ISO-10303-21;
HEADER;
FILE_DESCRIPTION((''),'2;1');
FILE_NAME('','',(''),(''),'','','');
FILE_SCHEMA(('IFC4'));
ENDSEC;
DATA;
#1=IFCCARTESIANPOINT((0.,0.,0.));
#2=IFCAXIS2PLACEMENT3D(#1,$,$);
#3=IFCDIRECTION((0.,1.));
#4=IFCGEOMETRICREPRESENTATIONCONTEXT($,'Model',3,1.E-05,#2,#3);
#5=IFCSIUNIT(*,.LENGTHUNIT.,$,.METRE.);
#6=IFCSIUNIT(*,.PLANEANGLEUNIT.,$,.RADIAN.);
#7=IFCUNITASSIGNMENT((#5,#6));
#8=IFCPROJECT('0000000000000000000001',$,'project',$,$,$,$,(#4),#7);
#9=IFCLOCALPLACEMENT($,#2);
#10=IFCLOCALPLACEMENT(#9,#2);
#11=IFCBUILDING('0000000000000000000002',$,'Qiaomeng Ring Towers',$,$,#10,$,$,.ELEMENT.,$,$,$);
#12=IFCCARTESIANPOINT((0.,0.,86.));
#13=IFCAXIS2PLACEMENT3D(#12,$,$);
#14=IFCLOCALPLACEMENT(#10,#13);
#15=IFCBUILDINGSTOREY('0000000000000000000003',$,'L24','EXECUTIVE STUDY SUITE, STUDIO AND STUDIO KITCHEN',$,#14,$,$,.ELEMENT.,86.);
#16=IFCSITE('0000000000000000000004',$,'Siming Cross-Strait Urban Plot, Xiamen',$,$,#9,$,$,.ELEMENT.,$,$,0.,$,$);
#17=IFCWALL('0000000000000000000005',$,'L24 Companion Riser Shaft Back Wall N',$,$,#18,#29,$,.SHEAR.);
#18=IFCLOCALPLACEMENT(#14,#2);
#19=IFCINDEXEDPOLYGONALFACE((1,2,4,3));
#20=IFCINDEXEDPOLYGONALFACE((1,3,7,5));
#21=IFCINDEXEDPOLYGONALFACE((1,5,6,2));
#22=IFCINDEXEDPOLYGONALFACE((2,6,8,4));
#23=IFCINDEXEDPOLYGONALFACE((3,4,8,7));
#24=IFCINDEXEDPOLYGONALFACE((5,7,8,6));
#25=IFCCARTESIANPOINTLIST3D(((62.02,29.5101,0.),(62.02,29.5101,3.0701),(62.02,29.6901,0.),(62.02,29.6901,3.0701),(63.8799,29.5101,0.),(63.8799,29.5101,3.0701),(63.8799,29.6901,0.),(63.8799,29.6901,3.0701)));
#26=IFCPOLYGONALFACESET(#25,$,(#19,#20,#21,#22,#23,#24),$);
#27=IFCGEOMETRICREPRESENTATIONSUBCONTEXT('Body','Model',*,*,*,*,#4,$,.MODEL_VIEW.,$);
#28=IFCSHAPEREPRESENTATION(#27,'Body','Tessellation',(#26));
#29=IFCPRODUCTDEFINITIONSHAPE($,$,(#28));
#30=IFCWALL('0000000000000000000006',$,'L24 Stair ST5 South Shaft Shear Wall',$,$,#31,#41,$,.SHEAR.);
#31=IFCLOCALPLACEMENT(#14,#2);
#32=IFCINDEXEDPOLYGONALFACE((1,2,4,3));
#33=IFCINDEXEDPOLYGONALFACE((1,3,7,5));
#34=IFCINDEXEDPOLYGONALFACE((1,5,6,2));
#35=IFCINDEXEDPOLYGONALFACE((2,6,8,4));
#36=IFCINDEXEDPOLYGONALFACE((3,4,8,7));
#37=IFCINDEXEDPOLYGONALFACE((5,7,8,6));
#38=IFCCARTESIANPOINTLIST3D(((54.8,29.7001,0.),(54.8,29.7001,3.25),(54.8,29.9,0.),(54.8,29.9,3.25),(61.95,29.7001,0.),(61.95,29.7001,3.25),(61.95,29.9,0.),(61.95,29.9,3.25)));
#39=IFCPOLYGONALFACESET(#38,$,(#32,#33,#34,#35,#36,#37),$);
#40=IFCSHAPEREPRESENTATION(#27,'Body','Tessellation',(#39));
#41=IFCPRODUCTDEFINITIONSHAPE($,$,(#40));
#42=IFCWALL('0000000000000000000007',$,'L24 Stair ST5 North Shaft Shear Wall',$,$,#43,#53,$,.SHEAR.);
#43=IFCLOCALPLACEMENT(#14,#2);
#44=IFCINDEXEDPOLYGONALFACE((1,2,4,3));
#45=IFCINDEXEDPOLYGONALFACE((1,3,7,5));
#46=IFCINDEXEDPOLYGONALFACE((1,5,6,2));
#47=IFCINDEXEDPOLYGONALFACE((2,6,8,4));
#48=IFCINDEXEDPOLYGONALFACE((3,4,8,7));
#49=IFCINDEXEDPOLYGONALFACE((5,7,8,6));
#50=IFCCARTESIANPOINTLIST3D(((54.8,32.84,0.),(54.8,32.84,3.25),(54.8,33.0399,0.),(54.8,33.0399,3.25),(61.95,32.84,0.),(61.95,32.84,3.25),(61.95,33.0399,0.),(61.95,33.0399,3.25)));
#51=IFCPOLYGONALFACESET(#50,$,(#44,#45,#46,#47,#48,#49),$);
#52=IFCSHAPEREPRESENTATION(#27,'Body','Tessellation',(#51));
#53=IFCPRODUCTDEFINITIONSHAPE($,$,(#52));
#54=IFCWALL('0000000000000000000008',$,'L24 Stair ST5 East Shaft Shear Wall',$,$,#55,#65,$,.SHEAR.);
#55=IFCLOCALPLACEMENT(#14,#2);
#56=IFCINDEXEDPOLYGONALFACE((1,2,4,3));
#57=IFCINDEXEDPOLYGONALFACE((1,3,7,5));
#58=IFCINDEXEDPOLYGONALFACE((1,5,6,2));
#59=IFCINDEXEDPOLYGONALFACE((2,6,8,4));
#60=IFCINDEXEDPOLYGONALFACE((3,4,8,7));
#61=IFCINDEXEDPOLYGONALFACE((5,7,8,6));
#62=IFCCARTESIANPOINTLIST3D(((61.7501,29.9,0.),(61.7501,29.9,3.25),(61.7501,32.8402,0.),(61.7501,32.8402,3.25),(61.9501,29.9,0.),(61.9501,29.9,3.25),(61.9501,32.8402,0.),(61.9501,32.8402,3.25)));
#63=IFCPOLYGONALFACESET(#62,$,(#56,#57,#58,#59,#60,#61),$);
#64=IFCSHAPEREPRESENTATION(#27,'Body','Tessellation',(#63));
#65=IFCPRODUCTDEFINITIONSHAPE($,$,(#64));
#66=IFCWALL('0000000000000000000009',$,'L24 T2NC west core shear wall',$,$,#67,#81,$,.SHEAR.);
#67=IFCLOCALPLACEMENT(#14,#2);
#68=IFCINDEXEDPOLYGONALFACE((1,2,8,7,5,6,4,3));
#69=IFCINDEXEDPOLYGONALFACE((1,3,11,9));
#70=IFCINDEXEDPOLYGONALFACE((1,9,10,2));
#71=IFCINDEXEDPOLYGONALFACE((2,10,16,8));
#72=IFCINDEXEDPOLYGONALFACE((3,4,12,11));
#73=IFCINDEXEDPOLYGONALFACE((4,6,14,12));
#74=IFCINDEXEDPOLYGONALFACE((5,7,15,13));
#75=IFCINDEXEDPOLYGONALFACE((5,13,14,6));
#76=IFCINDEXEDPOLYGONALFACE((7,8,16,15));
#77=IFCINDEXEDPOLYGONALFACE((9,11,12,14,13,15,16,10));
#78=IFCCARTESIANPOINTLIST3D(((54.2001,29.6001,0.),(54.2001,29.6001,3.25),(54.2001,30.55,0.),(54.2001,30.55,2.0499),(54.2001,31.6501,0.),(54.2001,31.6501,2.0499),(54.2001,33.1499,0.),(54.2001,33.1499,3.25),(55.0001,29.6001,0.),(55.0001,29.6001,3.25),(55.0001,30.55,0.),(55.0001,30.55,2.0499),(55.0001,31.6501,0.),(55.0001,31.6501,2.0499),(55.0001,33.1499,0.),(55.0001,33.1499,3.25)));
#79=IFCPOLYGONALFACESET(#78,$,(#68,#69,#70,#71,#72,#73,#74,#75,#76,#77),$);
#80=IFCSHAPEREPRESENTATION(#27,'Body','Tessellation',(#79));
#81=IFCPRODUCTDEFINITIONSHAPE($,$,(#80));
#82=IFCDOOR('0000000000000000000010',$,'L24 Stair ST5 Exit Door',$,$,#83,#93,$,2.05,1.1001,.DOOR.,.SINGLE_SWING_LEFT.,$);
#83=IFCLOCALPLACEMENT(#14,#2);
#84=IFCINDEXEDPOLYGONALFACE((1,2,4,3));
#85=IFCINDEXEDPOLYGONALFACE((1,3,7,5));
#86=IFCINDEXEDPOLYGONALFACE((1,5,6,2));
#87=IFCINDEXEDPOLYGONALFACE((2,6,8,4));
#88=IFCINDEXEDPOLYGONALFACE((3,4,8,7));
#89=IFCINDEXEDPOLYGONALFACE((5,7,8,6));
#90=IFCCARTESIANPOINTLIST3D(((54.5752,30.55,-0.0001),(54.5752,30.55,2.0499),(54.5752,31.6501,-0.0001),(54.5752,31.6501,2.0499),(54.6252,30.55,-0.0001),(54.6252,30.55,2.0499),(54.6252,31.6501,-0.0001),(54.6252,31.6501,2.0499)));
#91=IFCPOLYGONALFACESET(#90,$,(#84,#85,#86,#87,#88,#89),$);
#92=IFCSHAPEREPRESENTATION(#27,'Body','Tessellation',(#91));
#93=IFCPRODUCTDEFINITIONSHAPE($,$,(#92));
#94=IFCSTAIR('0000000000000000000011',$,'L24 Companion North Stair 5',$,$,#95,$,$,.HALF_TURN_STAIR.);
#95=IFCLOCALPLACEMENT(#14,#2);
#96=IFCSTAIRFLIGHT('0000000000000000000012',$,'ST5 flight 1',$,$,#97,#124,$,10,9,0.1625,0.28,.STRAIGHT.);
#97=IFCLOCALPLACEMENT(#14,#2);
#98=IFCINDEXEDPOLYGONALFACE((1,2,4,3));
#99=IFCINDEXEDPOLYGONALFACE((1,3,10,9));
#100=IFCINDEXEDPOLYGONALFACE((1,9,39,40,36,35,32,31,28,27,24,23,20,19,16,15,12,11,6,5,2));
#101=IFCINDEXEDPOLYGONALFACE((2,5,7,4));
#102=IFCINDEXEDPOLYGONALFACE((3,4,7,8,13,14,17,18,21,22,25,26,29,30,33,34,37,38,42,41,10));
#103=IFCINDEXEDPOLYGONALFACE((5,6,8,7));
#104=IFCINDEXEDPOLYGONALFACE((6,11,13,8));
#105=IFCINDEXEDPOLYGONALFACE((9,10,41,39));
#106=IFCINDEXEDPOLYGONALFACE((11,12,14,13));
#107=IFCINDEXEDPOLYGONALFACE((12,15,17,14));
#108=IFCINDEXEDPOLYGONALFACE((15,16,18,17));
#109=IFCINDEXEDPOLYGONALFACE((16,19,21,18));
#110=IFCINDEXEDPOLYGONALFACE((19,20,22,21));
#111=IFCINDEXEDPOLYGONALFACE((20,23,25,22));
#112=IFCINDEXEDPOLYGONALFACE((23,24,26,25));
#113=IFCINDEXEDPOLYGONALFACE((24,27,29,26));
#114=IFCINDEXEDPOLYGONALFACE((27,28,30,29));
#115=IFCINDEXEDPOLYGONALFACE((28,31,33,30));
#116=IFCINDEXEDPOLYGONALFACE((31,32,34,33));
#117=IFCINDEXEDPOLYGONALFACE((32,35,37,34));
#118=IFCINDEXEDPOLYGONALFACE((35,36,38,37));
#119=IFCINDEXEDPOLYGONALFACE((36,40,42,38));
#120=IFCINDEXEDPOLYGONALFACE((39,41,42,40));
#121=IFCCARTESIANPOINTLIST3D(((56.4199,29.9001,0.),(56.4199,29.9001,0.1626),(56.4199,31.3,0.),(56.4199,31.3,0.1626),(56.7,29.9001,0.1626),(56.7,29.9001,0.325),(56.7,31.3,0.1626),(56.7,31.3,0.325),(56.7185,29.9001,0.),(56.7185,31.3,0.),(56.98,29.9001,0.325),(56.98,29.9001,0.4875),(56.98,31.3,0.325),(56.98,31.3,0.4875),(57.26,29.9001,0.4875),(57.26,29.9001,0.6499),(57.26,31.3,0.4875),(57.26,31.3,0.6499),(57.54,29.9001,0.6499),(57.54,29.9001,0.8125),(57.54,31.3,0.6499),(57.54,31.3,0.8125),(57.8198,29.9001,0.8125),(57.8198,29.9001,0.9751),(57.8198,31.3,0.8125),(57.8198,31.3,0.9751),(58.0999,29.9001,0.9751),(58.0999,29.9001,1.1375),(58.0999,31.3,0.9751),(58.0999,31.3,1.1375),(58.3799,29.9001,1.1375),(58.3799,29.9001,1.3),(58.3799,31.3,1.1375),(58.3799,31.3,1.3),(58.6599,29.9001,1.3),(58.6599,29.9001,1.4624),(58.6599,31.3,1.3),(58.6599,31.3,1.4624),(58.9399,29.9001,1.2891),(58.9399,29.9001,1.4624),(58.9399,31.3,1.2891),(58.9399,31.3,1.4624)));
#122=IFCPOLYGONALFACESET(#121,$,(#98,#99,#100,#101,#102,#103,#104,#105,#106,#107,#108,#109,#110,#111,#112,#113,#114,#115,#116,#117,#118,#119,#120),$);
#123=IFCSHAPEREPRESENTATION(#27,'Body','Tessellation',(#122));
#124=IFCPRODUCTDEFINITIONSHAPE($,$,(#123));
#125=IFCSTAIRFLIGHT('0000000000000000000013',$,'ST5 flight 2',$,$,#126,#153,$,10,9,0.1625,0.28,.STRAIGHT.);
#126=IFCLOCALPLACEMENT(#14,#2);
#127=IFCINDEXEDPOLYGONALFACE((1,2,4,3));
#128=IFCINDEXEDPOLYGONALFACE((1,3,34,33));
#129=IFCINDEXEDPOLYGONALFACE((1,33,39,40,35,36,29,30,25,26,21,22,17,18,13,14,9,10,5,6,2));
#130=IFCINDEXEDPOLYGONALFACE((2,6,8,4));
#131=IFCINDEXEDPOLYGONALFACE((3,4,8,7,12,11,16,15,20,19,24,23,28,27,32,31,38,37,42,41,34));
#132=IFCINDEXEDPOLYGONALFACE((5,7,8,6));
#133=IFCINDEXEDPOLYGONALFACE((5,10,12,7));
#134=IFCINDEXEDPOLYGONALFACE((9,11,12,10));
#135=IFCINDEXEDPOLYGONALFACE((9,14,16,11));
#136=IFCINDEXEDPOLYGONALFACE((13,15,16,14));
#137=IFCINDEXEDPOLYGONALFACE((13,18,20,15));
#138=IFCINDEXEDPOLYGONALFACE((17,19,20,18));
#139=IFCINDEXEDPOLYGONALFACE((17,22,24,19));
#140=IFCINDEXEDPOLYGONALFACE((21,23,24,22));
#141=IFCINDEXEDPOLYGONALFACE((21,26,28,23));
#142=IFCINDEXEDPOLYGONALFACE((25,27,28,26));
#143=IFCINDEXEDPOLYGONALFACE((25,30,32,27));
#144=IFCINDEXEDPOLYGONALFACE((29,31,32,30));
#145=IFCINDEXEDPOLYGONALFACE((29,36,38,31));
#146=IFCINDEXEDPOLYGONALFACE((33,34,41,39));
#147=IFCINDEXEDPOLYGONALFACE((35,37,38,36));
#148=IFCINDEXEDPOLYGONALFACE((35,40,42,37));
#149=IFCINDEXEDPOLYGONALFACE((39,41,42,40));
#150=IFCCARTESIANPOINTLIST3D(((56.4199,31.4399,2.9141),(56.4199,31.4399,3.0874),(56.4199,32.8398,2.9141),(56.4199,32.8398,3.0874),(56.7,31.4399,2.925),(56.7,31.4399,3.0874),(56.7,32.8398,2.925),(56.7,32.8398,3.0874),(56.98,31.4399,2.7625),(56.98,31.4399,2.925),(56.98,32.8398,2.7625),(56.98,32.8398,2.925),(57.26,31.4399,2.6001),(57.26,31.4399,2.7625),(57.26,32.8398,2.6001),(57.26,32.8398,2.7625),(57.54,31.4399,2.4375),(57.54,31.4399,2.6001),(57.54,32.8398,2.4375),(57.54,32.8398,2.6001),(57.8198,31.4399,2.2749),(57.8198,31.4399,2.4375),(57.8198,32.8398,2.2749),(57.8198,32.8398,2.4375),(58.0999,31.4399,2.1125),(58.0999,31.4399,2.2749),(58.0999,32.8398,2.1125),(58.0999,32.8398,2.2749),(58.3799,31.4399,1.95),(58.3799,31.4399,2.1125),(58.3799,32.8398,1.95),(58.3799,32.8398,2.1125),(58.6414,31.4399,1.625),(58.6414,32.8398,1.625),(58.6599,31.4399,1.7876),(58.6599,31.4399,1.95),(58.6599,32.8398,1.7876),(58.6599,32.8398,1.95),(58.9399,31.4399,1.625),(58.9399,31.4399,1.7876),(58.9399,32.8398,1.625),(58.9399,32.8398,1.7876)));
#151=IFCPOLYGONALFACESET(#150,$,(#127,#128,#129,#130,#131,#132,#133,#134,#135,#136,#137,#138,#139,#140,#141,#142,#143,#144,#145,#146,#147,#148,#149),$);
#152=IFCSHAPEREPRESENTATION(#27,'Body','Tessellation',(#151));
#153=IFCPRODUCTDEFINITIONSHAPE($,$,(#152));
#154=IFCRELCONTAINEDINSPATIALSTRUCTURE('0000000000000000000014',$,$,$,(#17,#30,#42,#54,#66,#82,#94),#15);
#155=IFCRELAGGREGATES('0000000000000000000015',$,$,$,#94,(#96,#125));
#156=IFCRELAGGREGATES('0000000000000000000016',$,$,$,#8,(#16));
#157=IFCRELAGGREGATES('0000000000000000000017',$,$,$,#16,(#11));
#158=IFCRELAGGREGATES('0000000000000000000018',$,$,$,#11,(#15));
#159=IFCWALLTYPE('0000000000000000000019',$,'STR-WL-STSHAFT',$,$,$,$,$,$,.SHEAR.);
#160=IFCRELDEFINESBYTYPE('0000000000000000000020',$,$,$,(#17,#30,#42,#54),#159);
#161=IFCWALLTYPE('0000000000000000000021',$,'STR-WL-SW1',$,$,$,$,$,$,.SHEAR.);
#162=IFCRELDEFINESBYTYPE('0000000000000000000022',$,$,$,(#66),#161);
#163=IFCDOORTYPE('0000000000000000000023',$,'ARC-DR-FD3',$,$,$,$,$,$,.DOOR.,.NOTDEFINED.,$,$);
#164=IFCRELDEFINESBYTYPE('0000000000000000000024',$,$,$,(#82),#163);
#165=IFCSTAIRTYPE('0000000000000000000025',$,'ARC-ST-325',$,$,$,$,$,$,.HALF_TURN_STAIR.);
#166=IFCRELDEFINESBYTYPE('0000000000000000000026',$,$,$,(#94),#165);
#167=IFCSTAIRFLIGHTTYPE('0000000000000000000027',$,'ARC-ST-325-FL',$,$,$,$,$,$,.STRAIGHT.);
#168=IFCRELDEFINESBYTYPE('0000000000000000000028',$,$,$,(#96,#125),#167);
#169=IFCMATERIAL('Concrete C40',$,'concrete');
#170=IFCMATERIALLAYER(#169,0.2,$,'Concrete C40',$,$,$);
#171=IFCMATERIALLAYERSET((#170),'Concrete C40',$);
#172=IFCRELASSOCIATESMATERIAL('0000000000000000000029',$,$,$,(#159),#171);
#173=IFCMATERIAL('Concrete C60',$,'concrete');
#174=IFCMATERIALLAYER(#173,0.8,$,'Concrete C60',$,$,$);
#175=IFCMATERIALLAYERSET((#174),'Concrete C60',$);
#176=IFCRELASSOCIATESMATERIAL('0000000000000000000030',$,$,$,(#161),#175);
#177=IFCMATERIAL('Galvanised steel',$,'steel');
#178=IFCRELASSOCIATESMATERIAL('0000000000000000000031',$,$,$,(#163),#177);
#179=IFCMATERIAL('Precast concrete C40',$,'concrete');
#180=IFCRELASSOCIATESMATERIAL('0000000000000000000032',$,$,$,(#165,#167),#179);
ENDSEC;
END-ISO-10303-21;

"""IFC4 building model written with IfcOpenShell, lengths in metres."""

from ifc_helpers import new_model, si_unit, direction, frame, frame_2d, origin, place, context, subcontext, project, spatial, polyline, rectangle, outline, extrude, source, transform, mapped, material, layer, layer_set, type_object, element, fill, aggregate, save


model = new_model("IFC4")

# Units and contexts
model_context = context("Model", 3, precision=1e-05, world=origin(), true_north=direction((0.0, 1.0)))
body_context = subcontext(model_context, "Body", "Model", "MODEL_VIEW")
ifc_project = project(units=[si_unit("LENGTHUNIT", "METRE"), si_unit("PLANEANGLEUNIT", "RADIAN")], contexts=[model_context])

# Site, building, storey
site_placement = place(None, origin())
site = spatial("IfcSite", under=ifc_project, at=site_placement, Name="Siming Cross-Strait Urban Plot, Xiamen", CompositionType="ELEMENT", RefElevation=0.0)
building_placement = place(site_placement, origin())
building = spatial("IfcBuilding", under=site, at=building_placement, Name="Qiaomeng Ring Towers", CompositionType="ELEMENT")
storey_placement = place(building_placement, frame((0.0, 0.0, 86.0)))
storey = spatial("IfcBuildingStorey", under=building, at=storey_placement, Name="L24", Description="EXECUTIVE STUDY SUITE, STUDIO AND STUDIO KITCHEN", CompositionType="ELEMENT", Elevation=86.0)

# Walls
ifc_material_1 = material(Name="Concrete C40", Category="concrete")
ifc_layer_1 = layer(ifc_material_1, 0.2, Name="Concrete C40")
ifc_layer_set_1 = layer_set([ifc_layer_1], Name="Concrete C40")
wall_type_1 = type_object("IfcWallType", Name="STR-WL-STSHAFT", PredefinedType="SHEAR", material=ifc_layer_set_1)
for number, where, z_axis, x_axis, name in (
    (1, (62.02, 29.6001, 0.0), (0.0, 0.0, 1.0), (1.0, 0.0, 0.0), "L24 Companion Riser Shaft Back Wall N"),
):
    element("IfcWall", number, at=place(storey_placement, frame(where, z_axis=z_axis, x_axis=x_axis)), inside=storey, type_object=wall_type_1, Name=name, PredefinedType="SHEAR", context=body_context, shape_type="SweptSolid", body=[
        extrude(rectangle(XDim=1.8599, YDim=0.1799, at=frame_2d((0.9299, 0.0))), origin(), (0.0, 0.0, 1.0), 3.0701),
    ])
for number, where, z_axis, x_axis, name in (
    (2, (54.8, 29.8, 0.0), (0.0, 0.0, 1.0), (1.0, 0.0, 0.0), "L24 Stair ST5 South Shaft Shear Wall"),
    (3, (54.8, 32.9399, 0.0), (0.0, 0.0, 1.0), (1.0, 0.0, 0.0), "L24 Stair ST5 North Shaft Shear Wall"),
):
    element("IfcWall", number, at=place(storey_placement, frame(where, z_axis=z_axis, x_axis=x_axis)), inside=storey, type_object=wall_type_1, Name=name, PredefinedType="SHEAR", context=body_context, shape_type="SweptSolid", body=[
        extrude(rectangle(XDim=7.1499, YDim=0.2, at=frame_2d((3.575, 0.0))), origin(), (0.0, 0.0, 1.0), 3.25),
    ])
wall_1_placement = place(storey_placement, frame((61.8501, 29.8999, 0.0), z_axis=(0.0, 0.0, 1.0), x_axis=(0.0, 1.0, 0.0)))
element("IfcWall", 4, at=wall_1_placement, inside=storey, type_object=wall_type_1, Name="L24 Stair ST5 East Shaft Shear Wall", PredefinedType="SHEAR", context=body_context, shape_type="SweptSolid", body=[
    extrude(rectangle(XDim=2.9402, YDim=0.2, at=frame_2d((1.4702, 0.0))), origin(), (0.0, 0.0, 1.0), 3.25),
])

# Wall, opening, door
ifc_material_2 = material(Name="Concrete C60", Category="concrete")
ifc_layer_2 = layer(ifc_material_2, 0.8, Name="Concrete C60")
ifc_layer_set_2 = layer_set([ifc_layer_2], Name="Concrete C60")
wall_type_2 = type_object("IfcWallType", Name="STR-WL-SW1", PredefinedType="SHEAR", material=ifc_layer_set_2)
wall_2_placement = place(storey_placement, frame((54.6001, 29.6001, 0.0), z_axis=(0.0, 0.0, 1.0), x_axis=(0.0, 1.0, 0.0)))
wall_2 = element("IfcWall", 5, at=wall_2_placement, inside=storey, type_object=wall_type_2, Name="L24 T2NC west core shear wall", PredefinedType="SHEAR", context=body_context, shape_type="SweptSolid", body=[
    extrude(rectangle(XDim=3.5498, YDim=0.8, at=frame_2d((1.7749, 0.0))), origin(), (0.0, 0.0, 1.0), 3.25),
])
opening_placement = place(wall_2_placement, frame((0.95, 0.0, 0.0)))
opening = element("IfcOpeningElement", 6, at=opening_placement, cuts=wall_2, PredefinedType="OPENING", context=body_context, shape_type="SweptSolid", body=[
    extrude(rectangle(XDim=1.1001, YDim=2.05, at=frame_2d((0.55, 1.0249))), frame((0.0, 0.4099, 0.0), z_axis=(0.0, -1.0, 0.0), x_axis=(1.0, 0.0, 0.0)), (0.0, 0.0, 1.0), 0.8201),
])
ifc_material_3 = material(Name="Galvanised steel", Category="steel")
door_type = type_object("IfcDoorType", Name="ARC-DR-FD3", OperationType="NOTDEFINED", PredefinedType="DOOR", material=ifc_material_3)
shared_shape_1 = source(origin(), body_context, "Body", "SweptSolid", [
    extrude(rectangle(XDim=1.1001, YDim=2.05, at=frame_2d((0.55, 1.0249))), frame((0.0, 0.0249, 0.0), z_axis=(0.0, -1.0, 0.0), x_axis=(1.0, 0.0, 0.0)), (0.0, 0.0, 1.0), 0.05),
])
door_placement = place(opening_placement, origin())
door = element("IfcDoor", 7, at=door_placement, inside=storey, type_object=door_type, Name="L24 Stair ST5 Exit Door", OperationType="SINGLE_SWING_LEFT", OverallHeight=2.05, OverallWidth=1.1001, PredefinedType="DOOR", context=body_context, shape_type="MappedRepresentation", body=[
    mapped(shared_shape_1, transform((0.0, 0.0, 0.0), x_axis=(1.0, 0.0, 0.0), y_axis=(0.0, 1.0, 0.0), z_axis=(0.0, 0.0, 1.0), scale=1.0)),
])
fill(opening, door)

# Stair, stair flights
ifc_material_4 = material(Name="Precast concrete C40", Category="concrete")
stair_type = type_object("IfcStairType", Name="ARC-ST-325", PredefinedType="HALF_TURN_STAIR", material=ifc_material_4)
stair_placement = place(storey_placement, origin())
stair = element("IfcStair", 8, at=stair_placement, inside=storey, type_object=stair_type, Name="L24 Companion North Stair 5", PredefinedType="HALF_TURN_STAIR")
stair_flight_type = type_object("IfcStairFlightType", Name="ARC-ST-325-FL", PredefinedType="STRAIGHT", material=ifc_material_4)
shared_shape_2 = source(origin(), body_context, "Body", "SweptSolid", [
    extrude(outline(polyline([(0.0, 0.0), (0.0, 0.1626), (0.28, 0.1626), (0.28, 0.325), (0.5601, 0.325), (0.5601, 0.4875), (0.8401, 0.4875), (0.8401, 0.6499), (1.1201, 0.6499), (1.1201, 0.8125), (1.3999, 0.8125), (1.3999, 0.9751), (1.6799, 0.9751), (1.6799, 1.1375), (1.96, 1.1375), (1.96, 1.3), (2.24, 1.3), (2.24, 1.4624), (2.52, 1.4624), (2.52, 1.625), (2.52, 1.2891), (0.2986, 0.0), (0.0, 0.0)])), frame((0.0, 0.7, 0.0), z_axis=(0.0, -1.0, 0.0), x_axis=(1.0, 0.0, 0.0)), (0.0, 0.0, 1.0), 1.3999),
])
stair_flight_1_placement = place(storey_placement, frame((56.4199, 30.6001, 0.0), z_axis=(0.0, 0.0, 1.0), x_axis=(1.0, 0.0, 0.0)))
stair_flight_1 = element("IfcStairFlight", 9, at=stair_flight_1_placement, type_object=stair_flight_type, Name="ST5 flight 1", NumberOfRisers=10, NumberOfTreads=9, PredefinedType="STRAIGHT", RiserHeight=0.1625, TreadLength=0.28, context=body_context, shape_type="MappedRepresentation", body=[
    mapped(shared_shape_2, transform((0.0, 0.0, 0.0), x_axis=(1.0, 0.0, 0.0), y_axis=(0.0, 1.0, 0.0), z_axis=(0.0, 0.0, 1.0), scale=1.0)),
])
stair_flight_2_placement = place(storey_placement, frame((58.9399, 32.1399, 1.625), z_axis=(0.0, 0.0, 1.0), x_axis=(-1.0, 0.0, 0.0)))
stair_flight_2 = element("IfcStairFlight", 10, at=stair_flight_2_placement, type_object=stair_flight_type, Name="ST5 flight 2", NumberOfRisers=10, NumberOfTreads=9, PredefinedType="STRAIGHT", RiserHeight=0.1625, TreadLength=0.28, context=body_context, shape_type="MappedRepresentation", body=[
    mapped(shared_shape_2, transform((0.0, 0.0, 0.0), x_axis=(1.0, 0.0, 0.0), y_axis=(0.0, 1.0, 0.0), z_axis=(0.0, 0.0, 1.0), scale=1.0)),
])
aggregate(stair, [stair_flight_1, stair_flight_2])

save(model, "model.ifc")
